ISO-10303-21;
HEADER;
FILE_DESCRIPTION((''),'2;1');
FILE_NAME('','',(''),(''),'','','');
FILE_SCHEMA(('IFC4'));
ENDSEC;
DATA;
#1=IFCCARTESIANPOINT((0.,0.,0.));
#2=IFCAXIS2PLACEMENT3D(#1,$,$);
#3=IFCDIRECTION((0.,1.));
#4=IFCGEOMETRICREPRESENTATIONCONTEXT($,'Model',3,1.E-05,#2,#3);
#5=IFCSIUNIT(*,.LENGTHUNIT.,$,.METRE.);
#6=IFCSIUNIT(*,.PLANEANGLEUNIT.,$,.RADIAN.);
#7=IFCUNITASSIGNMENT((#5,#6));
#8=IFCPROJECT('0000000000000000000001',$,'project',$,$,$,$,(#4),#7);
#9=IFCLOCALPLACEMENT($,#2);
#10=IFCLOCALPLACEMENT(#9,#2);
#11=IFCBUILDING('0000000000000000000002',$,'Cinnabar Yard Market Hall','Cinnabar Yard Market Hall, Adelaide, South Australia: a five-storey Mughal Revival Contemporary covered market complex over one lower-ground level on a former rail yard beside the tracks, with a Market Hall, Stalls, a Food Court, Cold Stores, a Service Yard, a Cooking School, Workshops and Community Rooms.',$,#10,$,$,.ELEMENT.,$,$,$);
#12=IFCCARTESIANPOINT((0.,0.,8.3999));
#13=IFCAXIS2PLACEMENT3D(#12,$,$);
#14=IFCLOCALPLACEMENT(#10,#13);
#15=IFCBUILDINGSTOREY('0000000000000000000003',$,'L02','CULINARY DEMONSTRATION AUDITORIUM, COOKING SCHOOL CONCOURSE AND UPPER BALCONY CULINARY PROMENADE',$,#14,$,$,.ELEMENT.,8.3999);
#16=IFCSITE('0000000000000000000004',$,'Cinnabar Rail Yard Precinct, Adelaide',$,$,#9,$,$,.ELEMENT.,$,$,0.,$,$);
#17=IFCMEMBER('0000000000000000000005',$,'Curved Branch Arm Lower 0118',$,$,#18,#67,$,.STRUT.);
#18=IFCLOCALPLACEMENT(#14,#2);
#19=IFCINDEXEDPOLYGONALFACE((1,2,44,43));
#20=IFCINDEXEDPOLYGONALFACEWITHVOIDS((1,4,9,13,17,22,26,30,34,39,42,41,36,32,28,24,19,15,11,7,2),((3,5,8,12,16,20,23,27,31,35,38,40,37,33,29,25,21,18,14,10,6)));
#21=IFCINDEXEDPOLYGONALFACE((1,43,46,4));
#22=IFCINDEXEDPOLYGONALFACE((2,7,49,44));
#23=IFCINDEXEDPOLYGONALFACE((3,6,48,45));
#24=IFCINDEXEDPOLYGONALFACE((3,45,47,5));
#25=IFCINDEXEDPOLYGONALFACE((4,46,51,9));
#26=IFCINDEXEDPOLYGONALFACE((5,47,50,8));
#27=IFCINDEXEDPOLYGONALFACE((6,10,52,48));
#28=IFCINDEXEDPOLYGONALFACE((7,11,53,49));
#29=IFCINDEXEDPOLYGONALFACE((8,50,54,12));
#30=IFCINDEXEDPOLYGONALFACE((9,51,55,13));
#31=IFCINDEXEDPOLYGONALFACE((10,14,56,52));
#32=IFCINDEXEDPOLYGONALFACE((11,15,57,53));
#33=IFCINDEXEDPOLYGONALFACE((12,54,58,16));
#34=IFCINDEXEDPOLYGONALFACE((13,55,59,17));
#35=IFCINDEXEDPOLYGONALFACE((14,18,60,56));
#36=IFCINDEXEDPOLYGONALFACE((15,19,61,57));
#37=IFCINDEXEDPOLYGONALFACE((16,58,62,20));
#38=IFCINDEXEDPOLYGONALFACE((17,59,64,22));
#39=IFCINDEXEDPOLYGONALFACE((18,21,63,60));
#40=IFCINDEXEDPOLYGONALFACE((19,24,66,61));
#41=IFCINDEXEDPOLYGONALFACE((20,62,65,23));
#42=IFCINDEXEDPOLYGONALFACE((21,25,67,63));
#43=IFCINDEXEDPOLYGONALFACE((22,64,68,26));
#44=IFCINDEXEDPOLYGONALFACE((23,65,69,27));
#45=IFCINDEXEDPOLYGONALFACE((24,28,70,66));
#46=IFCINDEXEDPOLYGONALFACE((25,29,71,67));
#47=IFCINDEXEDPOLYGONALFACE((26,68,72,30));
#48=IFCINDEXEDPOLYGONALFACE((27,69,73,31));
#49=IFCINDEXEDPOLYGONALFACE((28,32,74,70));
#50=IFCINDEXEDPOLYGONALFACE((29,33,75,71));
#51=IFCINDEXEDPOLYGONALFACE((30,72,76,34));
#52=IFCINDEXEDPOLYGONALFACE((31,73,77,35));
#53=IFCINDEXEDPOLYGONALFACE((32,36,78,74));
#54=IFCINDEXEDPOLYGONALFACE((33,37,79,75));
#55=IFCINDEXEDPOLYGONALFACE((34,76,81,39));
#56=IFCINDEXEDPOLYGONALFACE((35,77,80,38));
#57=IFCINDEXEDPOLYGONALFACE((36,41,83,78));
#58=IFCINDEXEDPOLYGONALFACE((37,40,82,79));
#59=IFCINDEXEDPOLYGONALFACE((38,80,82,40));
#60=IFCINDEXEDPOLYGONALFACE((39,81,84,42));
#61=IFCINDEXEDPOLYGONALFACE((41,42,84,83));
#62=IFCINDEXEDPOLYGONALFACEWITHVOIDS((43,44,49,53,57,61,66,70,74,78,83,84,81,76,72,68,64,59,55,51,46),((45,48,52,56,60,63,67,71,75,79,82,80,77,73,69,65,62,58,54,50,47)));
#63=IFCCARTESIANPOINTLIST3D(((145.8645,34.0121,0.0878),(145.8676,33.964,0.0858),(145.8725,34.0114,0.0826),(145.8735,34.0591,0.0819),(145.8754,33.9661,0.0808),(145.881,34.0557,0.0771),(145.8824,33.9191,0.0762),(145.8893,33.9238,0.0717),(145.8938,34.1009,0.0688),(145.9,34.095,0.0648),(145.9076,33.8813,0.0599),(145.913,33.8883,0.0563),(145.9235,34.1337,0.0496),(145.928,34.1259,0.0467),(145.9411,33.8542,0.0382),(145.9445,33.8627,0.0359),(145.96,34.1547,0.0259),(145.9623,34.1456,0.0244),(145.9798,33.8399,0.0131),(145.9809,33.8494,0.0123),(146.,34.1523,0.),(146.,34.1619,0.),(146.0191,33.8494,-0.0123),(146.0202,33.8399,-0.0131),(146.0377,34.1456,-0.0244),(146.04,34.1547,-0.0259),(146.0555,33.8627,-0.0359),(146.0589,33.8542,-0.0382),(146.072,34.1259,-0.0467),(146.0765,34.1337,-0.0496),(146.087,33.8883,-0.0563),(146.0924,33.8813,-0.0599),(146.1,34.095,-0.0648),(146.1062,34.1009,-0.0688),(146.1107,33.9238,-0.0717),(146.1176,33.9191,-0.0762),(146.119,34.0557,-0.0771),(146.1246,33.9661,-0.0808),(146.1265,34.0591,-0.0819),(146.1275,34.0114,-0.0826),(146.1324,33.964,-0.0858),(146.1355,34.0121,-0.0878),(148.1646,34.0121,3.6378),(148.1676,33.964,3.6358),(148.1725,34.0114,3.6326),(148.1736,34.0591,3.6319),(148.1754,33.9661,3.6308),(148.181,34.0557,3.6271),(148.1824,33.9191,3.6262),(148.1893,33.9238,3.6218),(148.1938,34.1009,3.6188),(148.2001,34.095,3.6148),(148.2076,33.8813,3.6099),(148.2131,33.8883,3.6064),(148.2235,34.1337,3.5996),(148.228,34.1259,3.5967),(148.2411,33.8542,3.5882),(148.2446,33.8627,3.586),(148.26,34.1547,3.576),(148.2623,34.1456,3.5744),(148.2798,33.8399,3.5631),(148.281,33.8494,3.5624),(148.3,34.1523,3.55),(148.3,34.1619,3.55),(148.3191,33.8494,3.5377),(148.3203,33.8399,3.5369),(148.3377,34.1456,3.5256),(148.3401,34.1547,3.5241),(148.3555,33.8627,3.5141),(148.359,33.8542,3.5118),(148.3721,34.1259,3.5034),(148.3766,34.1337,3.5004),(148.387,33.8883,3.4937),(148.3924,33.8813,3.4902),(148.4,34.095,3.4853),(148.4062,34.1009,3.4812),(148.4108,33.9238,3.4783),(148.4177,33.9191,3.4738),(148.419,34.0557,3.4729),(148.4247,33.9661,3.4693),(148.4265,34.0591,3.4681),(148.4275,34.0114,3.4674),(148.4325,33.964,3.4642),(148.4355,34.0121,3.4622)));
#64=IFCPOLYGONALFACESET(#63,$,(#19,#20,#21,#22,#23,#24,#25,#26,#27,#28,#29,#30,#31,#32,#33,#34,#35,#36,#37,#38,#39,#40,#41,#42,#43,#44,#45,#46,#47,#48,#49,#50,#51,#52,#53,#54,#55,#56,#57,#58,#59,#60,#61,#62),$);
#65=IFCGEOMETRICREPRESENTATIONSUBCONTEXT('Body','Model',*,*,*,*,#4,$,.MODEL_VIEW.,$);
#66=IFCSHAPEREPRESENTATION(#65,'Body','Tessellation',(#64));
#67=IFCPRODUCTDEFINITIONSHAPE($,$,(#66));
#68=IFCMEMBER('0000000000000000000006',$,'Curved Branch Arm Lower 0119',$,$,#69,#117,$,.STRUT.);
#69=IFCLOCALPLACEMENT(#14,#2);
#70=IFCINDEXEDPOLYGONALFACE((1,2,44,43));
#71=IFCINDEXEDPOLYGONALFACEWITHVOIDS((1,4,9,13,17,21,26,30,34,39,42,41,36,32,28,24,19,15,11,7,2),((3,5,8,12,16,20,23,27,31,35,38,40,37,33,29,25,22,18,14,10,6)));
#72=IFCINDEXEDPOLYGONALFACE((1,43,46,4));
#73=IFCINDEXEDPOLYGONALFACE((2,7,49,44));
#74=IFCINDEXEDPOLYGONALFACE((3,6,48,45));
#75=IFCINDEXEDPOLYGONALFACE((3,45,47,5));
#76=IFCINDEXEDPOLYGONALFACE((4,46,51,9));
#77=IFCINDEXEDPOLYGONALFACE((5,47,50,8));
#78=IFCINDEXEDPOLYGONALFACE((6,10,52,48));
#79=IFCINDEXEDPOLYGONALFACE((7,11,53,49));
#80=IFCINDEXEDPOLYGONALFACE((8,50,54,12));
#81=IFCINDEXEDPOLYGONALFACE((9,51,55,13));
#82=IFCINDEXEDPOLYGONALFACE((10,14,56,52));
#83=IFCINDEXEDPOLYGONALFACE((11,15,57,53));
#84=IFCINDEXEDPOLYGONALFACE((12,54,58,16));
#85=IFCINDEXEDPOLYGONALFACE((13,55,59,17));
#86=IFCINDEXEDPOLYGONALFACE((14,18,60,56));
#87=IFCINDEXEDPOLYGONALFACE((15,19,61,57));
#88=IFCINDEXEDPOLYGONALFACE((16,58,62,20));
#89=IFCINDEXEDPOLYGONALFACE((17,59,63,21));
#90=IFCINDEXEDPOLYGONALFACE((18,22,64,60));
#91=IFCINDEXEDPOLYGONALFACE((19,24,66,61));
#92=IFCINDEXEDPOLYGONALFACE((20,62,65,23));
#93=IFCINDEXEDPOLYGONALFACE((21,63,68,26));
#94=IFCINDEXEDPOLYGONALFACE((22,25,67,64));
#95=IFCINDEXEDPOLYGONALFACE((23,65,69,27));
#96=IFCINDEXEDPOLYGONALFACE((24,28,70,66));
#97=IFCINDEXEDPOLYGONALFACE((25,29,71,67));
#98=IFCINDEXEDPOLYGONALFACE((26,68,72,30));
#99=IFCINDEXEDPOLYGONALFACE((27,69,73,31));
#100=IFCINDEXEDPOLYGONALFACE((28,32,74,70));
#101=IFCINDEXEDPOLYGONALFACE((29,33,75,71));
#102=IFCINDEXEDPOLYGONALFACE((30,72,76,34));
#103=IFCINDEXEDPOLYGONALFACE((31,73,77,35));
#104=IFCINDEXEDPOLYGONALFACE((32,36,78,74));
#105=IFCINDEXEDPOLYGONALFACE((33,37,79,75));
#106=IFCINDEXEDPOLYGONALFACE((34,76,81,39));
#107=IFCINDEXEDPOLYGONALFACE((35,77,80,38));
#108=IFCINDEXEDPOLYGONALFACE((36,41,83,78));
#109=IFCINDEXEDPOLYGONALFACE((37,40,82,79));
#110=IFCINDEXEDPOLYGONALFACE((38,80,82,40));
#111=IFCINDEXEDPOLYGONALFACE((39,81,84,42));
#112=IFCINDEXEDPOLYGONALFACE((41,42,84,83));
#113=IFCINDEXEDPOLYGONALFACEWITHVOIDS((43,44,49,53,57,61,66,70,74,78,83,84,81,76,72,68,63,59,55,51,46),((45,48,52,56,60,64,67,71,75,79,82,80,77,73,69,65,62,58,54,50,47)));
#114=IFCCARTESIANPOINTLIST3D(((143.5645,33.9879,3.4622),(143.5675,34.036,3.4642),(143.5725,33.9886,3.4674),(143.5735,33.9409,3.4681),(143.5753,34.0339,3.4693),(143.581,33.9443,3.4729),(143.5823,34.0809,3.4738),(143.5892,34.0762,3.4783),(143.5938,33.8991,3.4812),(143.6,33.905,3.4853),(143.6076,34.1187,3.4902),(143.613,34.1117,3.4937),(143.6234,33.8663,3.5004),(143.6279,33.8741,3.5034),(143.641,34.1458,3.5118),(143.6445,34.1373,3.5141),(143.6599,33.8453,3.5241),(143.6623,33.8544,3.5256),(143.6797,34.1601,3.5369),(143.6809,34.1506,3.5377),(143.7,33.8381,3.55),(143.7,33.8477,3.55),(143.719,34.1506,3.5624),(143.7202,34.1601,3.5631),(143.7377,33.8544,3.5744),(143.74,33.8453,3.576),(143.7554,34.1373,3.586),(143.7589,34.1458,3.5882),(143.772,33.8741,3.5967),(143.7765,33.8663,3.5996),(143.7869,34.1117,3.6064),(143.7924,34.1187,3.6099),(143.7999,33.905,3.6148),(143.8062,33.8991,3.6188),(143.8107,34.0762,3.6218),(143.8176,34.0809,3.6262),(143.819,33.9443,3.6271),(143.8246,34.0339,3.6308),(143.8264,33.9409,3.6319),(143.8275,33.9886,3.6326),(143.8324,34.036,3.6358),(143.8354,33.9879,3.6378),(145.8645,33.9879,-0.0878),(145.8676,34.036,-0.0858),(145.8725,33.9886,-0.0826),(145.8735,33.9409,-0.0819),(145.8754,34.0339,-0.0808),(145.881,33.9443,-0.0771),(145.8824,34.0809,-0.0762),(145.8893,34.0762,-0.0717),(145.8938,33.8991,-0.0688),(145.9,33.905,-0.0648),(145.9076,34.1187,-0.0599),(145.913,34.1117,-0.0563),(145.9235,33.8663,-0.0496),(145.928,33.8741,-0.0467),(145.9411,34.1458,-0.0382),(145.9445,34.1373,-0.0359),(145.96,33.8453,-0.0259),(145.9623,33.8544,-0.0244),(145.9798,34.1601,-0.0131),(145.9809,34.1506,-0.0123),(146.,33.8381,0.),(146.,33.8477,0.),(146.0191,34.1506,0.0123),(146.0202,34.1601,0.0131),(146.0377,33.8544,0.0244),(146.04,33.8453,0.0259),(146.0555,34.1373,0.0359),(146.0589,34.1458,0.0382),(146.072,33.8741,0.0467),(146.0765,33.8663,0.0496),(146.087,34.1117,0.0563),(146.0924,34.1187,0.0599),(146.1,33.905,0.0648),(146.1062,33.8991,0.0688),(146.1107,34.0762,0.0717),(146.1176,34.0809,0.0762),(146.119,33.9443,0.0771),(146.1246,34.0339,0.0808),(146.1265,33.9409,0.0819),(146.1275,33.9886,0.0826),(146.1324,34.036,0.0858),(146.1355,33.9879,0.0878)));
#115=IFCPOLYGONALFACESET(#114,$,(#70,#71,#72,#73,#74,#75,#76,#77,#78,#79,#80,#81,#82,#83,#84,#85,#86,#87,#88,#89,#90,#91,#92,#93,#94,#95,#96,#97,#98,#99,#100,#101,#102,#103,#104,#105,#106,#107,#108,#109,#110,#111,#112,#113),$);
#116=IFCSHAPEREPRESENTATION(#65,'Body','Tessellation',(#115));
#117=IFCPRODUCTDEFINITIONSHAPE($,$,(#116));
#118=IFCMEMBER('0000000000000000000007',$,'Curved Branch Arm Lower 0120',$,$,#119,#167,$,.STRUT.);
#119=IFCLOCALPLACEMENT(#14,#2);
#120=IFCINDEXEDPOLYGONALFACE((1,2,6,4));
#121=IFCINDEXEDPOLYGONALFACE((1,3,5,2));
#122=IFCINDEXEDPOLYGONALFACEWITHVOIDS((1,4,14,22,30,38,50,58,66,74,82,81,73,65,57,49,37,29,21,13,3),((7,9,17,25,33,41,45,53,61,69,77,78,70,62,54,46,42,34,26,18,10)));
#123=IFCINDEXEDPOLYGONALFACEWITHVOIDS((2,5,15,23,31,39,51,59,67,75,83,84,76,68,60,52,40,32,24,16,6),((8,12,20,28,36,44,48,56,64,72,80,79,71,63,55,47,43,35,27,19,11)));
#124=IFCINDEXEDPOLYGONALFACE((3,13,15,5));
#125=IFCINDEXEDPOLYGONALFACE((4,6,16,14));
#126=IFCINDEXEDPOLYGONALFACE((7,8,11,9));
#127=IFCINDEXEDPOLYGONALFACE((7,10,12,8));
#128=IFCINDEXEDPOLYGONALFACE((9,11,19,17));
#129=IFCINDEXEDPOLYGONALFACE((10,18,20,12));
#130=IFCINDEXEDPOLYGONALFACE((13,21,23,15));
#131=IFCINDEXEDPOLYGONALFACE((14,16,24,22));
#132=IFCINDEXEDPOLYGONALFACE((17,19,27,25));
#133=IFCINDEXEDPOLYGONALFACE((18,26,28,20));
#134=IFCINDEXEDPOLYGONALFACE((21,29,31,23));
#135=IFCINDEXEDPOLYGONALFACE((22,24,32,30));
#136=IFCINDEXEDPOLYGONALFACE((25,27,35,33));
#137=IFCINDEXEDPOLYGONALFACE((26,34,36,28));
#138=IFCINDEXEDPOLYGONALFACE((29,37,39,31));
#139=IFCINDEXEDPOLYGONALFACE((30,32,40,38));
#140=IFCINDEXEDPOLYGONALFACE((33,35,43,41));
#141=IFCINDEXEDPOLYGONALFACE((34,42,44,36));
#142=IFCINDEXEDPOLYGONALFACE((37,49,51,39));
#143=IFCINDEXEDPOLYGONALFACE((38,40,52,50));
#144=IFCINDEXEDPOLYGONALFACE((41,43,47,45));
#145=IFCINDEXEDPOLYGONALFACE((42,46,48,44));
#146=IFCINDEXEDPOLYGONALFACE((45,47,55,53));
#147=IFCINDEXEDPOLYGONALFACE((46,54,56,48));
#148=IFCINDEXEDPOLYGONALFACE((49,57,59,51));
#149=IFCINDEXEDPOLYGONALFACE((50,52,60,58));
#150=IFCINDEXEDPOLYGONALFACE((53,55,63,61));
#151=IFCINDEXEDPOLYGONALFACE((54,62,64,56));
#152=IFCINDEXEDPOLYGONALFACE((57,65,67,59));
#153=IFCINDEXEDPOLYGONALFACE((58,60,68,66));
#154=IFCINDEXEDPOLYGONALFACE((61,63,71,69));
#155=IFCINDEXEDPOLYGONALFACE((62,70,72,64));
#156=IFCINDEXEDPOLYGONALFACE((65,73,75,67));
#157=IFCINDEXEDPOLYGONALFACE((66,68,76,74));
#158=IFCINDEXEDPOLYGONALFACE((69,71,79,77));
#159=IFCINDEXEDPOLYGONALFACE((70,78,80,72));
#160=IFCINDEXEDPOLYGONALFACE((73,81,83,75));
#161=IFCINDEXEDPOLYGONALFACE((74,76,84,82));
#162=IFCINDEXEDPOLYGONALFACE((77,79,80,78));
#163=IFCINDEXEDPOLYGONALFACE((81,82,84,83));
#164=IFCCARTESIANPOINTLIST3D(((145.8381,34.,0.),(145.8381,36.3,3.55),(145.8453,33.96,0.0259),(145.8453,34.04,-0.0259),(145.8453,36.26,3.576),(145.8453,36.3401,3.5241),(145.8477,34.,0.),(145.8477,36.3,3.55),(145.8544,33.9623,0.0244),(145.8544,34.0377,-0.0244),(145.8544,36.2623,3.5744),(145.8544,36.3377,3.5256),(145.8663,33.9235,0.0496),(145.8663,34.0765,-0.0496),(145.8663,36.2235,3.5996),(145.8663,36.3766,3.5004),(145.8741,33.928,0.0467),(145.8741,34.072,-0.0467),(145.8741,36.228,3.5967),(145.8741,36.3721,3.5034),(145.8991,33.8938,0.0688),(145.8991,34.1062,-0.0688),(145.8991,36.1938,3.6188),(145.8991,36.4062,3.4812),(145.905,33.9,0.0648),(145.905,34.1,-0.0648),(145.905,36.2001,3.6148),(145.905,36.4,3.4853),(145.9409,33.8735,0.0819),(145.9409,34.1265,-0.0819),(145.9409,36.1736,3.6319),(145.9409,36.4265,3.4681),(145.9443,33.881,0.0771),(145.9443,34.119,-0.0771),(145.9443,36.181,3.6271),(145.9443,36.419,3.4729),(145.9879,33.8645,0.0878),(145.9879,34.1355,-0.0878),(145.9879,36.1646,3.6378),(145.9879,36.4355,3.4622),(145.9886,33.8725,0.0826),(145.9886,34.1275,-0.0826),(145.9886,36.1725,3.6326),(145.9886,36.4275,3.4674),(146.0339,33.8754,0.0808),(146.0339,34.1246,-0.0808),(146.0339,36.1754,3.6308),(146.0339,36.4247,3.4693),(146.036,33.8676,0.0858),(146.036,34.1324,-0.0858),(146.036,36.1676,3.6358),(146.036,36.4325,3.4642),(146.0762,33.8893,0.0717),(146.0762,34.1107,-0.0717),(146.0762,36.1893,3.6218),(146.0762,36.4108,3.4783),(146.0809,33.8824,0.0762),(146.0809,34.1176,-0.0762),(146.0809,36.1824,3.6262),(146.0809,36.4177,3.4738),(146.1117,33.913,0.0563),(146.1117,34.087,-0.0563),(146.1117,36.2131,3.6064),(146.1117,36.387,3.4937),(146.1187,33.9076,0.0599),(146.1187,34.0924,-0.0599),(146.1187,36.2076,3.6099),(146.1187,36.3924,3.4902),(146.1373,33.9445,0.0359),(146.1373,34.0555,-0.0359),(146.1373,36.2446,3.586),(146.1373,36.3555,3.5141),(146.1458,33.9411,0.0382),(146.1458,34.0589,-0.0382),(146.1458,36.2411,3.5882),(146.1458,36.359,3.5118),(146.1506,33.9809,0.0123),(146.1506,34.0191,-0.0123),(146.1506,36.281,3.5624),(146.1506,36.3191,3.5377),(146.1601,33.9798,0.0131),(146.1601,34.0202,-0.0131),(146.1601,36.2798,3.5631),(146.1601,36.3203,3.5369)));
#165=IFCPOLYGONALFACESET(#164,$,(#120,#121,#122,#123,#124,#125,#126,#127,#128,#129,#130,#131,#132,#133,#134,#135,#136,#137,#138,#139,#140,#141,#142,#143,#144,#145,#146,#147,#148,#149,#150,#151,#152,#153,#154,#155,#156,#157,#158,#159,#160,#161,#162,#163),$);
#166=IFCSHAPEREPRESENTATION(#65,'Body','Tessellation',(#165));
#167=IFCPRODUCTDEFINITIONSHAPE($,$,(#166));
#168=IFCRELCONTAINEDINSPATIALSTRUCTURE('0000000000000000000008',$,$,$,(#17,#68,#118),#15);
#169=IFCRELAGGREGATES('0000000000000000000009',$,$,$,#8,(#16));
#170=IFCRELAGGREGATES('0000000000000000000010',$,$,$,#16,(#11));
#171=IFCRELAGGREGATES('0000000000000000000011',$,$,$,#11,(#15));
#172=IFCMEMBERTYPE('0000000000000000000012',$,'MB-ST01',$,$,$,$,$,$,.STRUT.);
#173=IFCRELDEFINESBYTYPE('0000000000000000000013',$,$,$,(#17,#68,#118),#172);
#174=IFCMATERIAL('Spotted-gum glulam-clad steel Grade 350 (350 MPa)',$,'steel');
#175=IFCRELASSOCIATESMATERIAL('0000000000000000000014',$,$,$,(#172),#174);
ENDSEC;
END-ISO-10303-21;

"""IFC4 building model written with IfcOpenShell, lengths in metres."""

from ifc_helpers import new_model, si_unit, direction, frame, origin, origin_2d_with_axis, place, context, subcontext, project, spatial, hollow_circle, extrude, material, material_profile, profile_set, type_object, element, save


model = new_model("IFC4")

# Units and contexts
model_context = context("Model", 3, precision=1e-05, world=origin(), true_north=direction((0.0, 1.0)))
body_context = subcontext(model_context, "Body", "Model", "MODEL_VIEW")
ifc_project = project(units=[si_unit("LENGTHUNIT", "METRE"), si_unit("PLANEANGLEUNIT", "RADIAN")], contexts=[model_context])

# Site, building, storey
site_placement = place(None, origin())
site = spatial("IfcSite", under=ifc_project, at=site_placement, Name="Cinnabar Rail Yard Precinct, Adelaide", CompositionType="ELEMENT", RefElevation=0.0)
building_placement = place(site_placement, origin())
building = spatial("IfcBuilding", under=site, at=building_placement, Name="Cinnabar Yard Market Hall", Description="Cinnabar Yard Market Hall, Adelaide, South Australia: a five-storey Mughal Revival Contemporary covered market complex over one lower-ground level on a former rail yard beside the tracks, with a Market Hall, Stalls, a Food Court, Cold Stores, a Service Yard, a Cooking School, Workshops and Community Rooms.", CompositionType="ELEMENT")
storey_placement = place(building_placement, frame((0.0, 0.0, 8.3999)))
storey = spatial("IfcBuildingStorey", under=building, at=storey_placement, Name="L02", Description="CULINARY DEMONSTRATION AUDITORIUM, COOKING SCHOOL CONCOURSE AND UPPER BALCONY CULINARY PROMENADE", CompositionType="ELEMENT", Elevation=8.3999)

# Shared definitions
ifc_material_1 = material(Name="Spotted-gum glulam-clad steel Grade 350 (350 MPa)", Category="steel")

# Members
ifc_material_profile_1 = material_profile(ifc_material_1, hollow_circle(Radius=0.1619, WallThickness=0.0095, at=origin_2d_with_axis()), Name="323.9x9.5CHS")
ifc_profile_set_1 = profile_set([ifc_material_profile_1], Name="Spotted-gum glulam-clad steel Grade 350 (350 MPa)")
member_type_1 = type_object("IfcMemberType", Name="MB-ST01", PredefinedType="STRUT", material=ifc_profile_set_1)
for number, where, z_axis, x_axis, name in (
    (1, (146.0, 34.0, 0.0), (0.543744, 0.0, 0.839251), (0.0, 1.0, 0.0), "Curved Branch Arm Lower 0118"),
    (2, (146.0, 34.0, 0.0), (-0.543744, 0.0, 0.839251), (0.0, -1.0, 0.0), "Curved Branch Arm Lower 0119"),
    (3, (146.0, 34.0, 0.0), (0.0, 0.543744, 0.839251), (-1.0, 0.0, 0.0), "Curved Branch Arm Lower 0120"),
):
    element("IfcMember", number, at=place(storey_placement, frame(where, z_axis=z_axis, x_axis=x_axis)), inside=storey, type_object=member_type_1, Name=name, PredefinedType="STRUT", context=body_context, shape_type="SweptSolid", body=[
        extrude(hollow_circle(Radius=0.1619, WallThickness=0.0095, at=origin_2d_with_axis()), origin(), (0.0, 0.0, 1.0), 4.23),
    ])

save(model, "model.ifc")
